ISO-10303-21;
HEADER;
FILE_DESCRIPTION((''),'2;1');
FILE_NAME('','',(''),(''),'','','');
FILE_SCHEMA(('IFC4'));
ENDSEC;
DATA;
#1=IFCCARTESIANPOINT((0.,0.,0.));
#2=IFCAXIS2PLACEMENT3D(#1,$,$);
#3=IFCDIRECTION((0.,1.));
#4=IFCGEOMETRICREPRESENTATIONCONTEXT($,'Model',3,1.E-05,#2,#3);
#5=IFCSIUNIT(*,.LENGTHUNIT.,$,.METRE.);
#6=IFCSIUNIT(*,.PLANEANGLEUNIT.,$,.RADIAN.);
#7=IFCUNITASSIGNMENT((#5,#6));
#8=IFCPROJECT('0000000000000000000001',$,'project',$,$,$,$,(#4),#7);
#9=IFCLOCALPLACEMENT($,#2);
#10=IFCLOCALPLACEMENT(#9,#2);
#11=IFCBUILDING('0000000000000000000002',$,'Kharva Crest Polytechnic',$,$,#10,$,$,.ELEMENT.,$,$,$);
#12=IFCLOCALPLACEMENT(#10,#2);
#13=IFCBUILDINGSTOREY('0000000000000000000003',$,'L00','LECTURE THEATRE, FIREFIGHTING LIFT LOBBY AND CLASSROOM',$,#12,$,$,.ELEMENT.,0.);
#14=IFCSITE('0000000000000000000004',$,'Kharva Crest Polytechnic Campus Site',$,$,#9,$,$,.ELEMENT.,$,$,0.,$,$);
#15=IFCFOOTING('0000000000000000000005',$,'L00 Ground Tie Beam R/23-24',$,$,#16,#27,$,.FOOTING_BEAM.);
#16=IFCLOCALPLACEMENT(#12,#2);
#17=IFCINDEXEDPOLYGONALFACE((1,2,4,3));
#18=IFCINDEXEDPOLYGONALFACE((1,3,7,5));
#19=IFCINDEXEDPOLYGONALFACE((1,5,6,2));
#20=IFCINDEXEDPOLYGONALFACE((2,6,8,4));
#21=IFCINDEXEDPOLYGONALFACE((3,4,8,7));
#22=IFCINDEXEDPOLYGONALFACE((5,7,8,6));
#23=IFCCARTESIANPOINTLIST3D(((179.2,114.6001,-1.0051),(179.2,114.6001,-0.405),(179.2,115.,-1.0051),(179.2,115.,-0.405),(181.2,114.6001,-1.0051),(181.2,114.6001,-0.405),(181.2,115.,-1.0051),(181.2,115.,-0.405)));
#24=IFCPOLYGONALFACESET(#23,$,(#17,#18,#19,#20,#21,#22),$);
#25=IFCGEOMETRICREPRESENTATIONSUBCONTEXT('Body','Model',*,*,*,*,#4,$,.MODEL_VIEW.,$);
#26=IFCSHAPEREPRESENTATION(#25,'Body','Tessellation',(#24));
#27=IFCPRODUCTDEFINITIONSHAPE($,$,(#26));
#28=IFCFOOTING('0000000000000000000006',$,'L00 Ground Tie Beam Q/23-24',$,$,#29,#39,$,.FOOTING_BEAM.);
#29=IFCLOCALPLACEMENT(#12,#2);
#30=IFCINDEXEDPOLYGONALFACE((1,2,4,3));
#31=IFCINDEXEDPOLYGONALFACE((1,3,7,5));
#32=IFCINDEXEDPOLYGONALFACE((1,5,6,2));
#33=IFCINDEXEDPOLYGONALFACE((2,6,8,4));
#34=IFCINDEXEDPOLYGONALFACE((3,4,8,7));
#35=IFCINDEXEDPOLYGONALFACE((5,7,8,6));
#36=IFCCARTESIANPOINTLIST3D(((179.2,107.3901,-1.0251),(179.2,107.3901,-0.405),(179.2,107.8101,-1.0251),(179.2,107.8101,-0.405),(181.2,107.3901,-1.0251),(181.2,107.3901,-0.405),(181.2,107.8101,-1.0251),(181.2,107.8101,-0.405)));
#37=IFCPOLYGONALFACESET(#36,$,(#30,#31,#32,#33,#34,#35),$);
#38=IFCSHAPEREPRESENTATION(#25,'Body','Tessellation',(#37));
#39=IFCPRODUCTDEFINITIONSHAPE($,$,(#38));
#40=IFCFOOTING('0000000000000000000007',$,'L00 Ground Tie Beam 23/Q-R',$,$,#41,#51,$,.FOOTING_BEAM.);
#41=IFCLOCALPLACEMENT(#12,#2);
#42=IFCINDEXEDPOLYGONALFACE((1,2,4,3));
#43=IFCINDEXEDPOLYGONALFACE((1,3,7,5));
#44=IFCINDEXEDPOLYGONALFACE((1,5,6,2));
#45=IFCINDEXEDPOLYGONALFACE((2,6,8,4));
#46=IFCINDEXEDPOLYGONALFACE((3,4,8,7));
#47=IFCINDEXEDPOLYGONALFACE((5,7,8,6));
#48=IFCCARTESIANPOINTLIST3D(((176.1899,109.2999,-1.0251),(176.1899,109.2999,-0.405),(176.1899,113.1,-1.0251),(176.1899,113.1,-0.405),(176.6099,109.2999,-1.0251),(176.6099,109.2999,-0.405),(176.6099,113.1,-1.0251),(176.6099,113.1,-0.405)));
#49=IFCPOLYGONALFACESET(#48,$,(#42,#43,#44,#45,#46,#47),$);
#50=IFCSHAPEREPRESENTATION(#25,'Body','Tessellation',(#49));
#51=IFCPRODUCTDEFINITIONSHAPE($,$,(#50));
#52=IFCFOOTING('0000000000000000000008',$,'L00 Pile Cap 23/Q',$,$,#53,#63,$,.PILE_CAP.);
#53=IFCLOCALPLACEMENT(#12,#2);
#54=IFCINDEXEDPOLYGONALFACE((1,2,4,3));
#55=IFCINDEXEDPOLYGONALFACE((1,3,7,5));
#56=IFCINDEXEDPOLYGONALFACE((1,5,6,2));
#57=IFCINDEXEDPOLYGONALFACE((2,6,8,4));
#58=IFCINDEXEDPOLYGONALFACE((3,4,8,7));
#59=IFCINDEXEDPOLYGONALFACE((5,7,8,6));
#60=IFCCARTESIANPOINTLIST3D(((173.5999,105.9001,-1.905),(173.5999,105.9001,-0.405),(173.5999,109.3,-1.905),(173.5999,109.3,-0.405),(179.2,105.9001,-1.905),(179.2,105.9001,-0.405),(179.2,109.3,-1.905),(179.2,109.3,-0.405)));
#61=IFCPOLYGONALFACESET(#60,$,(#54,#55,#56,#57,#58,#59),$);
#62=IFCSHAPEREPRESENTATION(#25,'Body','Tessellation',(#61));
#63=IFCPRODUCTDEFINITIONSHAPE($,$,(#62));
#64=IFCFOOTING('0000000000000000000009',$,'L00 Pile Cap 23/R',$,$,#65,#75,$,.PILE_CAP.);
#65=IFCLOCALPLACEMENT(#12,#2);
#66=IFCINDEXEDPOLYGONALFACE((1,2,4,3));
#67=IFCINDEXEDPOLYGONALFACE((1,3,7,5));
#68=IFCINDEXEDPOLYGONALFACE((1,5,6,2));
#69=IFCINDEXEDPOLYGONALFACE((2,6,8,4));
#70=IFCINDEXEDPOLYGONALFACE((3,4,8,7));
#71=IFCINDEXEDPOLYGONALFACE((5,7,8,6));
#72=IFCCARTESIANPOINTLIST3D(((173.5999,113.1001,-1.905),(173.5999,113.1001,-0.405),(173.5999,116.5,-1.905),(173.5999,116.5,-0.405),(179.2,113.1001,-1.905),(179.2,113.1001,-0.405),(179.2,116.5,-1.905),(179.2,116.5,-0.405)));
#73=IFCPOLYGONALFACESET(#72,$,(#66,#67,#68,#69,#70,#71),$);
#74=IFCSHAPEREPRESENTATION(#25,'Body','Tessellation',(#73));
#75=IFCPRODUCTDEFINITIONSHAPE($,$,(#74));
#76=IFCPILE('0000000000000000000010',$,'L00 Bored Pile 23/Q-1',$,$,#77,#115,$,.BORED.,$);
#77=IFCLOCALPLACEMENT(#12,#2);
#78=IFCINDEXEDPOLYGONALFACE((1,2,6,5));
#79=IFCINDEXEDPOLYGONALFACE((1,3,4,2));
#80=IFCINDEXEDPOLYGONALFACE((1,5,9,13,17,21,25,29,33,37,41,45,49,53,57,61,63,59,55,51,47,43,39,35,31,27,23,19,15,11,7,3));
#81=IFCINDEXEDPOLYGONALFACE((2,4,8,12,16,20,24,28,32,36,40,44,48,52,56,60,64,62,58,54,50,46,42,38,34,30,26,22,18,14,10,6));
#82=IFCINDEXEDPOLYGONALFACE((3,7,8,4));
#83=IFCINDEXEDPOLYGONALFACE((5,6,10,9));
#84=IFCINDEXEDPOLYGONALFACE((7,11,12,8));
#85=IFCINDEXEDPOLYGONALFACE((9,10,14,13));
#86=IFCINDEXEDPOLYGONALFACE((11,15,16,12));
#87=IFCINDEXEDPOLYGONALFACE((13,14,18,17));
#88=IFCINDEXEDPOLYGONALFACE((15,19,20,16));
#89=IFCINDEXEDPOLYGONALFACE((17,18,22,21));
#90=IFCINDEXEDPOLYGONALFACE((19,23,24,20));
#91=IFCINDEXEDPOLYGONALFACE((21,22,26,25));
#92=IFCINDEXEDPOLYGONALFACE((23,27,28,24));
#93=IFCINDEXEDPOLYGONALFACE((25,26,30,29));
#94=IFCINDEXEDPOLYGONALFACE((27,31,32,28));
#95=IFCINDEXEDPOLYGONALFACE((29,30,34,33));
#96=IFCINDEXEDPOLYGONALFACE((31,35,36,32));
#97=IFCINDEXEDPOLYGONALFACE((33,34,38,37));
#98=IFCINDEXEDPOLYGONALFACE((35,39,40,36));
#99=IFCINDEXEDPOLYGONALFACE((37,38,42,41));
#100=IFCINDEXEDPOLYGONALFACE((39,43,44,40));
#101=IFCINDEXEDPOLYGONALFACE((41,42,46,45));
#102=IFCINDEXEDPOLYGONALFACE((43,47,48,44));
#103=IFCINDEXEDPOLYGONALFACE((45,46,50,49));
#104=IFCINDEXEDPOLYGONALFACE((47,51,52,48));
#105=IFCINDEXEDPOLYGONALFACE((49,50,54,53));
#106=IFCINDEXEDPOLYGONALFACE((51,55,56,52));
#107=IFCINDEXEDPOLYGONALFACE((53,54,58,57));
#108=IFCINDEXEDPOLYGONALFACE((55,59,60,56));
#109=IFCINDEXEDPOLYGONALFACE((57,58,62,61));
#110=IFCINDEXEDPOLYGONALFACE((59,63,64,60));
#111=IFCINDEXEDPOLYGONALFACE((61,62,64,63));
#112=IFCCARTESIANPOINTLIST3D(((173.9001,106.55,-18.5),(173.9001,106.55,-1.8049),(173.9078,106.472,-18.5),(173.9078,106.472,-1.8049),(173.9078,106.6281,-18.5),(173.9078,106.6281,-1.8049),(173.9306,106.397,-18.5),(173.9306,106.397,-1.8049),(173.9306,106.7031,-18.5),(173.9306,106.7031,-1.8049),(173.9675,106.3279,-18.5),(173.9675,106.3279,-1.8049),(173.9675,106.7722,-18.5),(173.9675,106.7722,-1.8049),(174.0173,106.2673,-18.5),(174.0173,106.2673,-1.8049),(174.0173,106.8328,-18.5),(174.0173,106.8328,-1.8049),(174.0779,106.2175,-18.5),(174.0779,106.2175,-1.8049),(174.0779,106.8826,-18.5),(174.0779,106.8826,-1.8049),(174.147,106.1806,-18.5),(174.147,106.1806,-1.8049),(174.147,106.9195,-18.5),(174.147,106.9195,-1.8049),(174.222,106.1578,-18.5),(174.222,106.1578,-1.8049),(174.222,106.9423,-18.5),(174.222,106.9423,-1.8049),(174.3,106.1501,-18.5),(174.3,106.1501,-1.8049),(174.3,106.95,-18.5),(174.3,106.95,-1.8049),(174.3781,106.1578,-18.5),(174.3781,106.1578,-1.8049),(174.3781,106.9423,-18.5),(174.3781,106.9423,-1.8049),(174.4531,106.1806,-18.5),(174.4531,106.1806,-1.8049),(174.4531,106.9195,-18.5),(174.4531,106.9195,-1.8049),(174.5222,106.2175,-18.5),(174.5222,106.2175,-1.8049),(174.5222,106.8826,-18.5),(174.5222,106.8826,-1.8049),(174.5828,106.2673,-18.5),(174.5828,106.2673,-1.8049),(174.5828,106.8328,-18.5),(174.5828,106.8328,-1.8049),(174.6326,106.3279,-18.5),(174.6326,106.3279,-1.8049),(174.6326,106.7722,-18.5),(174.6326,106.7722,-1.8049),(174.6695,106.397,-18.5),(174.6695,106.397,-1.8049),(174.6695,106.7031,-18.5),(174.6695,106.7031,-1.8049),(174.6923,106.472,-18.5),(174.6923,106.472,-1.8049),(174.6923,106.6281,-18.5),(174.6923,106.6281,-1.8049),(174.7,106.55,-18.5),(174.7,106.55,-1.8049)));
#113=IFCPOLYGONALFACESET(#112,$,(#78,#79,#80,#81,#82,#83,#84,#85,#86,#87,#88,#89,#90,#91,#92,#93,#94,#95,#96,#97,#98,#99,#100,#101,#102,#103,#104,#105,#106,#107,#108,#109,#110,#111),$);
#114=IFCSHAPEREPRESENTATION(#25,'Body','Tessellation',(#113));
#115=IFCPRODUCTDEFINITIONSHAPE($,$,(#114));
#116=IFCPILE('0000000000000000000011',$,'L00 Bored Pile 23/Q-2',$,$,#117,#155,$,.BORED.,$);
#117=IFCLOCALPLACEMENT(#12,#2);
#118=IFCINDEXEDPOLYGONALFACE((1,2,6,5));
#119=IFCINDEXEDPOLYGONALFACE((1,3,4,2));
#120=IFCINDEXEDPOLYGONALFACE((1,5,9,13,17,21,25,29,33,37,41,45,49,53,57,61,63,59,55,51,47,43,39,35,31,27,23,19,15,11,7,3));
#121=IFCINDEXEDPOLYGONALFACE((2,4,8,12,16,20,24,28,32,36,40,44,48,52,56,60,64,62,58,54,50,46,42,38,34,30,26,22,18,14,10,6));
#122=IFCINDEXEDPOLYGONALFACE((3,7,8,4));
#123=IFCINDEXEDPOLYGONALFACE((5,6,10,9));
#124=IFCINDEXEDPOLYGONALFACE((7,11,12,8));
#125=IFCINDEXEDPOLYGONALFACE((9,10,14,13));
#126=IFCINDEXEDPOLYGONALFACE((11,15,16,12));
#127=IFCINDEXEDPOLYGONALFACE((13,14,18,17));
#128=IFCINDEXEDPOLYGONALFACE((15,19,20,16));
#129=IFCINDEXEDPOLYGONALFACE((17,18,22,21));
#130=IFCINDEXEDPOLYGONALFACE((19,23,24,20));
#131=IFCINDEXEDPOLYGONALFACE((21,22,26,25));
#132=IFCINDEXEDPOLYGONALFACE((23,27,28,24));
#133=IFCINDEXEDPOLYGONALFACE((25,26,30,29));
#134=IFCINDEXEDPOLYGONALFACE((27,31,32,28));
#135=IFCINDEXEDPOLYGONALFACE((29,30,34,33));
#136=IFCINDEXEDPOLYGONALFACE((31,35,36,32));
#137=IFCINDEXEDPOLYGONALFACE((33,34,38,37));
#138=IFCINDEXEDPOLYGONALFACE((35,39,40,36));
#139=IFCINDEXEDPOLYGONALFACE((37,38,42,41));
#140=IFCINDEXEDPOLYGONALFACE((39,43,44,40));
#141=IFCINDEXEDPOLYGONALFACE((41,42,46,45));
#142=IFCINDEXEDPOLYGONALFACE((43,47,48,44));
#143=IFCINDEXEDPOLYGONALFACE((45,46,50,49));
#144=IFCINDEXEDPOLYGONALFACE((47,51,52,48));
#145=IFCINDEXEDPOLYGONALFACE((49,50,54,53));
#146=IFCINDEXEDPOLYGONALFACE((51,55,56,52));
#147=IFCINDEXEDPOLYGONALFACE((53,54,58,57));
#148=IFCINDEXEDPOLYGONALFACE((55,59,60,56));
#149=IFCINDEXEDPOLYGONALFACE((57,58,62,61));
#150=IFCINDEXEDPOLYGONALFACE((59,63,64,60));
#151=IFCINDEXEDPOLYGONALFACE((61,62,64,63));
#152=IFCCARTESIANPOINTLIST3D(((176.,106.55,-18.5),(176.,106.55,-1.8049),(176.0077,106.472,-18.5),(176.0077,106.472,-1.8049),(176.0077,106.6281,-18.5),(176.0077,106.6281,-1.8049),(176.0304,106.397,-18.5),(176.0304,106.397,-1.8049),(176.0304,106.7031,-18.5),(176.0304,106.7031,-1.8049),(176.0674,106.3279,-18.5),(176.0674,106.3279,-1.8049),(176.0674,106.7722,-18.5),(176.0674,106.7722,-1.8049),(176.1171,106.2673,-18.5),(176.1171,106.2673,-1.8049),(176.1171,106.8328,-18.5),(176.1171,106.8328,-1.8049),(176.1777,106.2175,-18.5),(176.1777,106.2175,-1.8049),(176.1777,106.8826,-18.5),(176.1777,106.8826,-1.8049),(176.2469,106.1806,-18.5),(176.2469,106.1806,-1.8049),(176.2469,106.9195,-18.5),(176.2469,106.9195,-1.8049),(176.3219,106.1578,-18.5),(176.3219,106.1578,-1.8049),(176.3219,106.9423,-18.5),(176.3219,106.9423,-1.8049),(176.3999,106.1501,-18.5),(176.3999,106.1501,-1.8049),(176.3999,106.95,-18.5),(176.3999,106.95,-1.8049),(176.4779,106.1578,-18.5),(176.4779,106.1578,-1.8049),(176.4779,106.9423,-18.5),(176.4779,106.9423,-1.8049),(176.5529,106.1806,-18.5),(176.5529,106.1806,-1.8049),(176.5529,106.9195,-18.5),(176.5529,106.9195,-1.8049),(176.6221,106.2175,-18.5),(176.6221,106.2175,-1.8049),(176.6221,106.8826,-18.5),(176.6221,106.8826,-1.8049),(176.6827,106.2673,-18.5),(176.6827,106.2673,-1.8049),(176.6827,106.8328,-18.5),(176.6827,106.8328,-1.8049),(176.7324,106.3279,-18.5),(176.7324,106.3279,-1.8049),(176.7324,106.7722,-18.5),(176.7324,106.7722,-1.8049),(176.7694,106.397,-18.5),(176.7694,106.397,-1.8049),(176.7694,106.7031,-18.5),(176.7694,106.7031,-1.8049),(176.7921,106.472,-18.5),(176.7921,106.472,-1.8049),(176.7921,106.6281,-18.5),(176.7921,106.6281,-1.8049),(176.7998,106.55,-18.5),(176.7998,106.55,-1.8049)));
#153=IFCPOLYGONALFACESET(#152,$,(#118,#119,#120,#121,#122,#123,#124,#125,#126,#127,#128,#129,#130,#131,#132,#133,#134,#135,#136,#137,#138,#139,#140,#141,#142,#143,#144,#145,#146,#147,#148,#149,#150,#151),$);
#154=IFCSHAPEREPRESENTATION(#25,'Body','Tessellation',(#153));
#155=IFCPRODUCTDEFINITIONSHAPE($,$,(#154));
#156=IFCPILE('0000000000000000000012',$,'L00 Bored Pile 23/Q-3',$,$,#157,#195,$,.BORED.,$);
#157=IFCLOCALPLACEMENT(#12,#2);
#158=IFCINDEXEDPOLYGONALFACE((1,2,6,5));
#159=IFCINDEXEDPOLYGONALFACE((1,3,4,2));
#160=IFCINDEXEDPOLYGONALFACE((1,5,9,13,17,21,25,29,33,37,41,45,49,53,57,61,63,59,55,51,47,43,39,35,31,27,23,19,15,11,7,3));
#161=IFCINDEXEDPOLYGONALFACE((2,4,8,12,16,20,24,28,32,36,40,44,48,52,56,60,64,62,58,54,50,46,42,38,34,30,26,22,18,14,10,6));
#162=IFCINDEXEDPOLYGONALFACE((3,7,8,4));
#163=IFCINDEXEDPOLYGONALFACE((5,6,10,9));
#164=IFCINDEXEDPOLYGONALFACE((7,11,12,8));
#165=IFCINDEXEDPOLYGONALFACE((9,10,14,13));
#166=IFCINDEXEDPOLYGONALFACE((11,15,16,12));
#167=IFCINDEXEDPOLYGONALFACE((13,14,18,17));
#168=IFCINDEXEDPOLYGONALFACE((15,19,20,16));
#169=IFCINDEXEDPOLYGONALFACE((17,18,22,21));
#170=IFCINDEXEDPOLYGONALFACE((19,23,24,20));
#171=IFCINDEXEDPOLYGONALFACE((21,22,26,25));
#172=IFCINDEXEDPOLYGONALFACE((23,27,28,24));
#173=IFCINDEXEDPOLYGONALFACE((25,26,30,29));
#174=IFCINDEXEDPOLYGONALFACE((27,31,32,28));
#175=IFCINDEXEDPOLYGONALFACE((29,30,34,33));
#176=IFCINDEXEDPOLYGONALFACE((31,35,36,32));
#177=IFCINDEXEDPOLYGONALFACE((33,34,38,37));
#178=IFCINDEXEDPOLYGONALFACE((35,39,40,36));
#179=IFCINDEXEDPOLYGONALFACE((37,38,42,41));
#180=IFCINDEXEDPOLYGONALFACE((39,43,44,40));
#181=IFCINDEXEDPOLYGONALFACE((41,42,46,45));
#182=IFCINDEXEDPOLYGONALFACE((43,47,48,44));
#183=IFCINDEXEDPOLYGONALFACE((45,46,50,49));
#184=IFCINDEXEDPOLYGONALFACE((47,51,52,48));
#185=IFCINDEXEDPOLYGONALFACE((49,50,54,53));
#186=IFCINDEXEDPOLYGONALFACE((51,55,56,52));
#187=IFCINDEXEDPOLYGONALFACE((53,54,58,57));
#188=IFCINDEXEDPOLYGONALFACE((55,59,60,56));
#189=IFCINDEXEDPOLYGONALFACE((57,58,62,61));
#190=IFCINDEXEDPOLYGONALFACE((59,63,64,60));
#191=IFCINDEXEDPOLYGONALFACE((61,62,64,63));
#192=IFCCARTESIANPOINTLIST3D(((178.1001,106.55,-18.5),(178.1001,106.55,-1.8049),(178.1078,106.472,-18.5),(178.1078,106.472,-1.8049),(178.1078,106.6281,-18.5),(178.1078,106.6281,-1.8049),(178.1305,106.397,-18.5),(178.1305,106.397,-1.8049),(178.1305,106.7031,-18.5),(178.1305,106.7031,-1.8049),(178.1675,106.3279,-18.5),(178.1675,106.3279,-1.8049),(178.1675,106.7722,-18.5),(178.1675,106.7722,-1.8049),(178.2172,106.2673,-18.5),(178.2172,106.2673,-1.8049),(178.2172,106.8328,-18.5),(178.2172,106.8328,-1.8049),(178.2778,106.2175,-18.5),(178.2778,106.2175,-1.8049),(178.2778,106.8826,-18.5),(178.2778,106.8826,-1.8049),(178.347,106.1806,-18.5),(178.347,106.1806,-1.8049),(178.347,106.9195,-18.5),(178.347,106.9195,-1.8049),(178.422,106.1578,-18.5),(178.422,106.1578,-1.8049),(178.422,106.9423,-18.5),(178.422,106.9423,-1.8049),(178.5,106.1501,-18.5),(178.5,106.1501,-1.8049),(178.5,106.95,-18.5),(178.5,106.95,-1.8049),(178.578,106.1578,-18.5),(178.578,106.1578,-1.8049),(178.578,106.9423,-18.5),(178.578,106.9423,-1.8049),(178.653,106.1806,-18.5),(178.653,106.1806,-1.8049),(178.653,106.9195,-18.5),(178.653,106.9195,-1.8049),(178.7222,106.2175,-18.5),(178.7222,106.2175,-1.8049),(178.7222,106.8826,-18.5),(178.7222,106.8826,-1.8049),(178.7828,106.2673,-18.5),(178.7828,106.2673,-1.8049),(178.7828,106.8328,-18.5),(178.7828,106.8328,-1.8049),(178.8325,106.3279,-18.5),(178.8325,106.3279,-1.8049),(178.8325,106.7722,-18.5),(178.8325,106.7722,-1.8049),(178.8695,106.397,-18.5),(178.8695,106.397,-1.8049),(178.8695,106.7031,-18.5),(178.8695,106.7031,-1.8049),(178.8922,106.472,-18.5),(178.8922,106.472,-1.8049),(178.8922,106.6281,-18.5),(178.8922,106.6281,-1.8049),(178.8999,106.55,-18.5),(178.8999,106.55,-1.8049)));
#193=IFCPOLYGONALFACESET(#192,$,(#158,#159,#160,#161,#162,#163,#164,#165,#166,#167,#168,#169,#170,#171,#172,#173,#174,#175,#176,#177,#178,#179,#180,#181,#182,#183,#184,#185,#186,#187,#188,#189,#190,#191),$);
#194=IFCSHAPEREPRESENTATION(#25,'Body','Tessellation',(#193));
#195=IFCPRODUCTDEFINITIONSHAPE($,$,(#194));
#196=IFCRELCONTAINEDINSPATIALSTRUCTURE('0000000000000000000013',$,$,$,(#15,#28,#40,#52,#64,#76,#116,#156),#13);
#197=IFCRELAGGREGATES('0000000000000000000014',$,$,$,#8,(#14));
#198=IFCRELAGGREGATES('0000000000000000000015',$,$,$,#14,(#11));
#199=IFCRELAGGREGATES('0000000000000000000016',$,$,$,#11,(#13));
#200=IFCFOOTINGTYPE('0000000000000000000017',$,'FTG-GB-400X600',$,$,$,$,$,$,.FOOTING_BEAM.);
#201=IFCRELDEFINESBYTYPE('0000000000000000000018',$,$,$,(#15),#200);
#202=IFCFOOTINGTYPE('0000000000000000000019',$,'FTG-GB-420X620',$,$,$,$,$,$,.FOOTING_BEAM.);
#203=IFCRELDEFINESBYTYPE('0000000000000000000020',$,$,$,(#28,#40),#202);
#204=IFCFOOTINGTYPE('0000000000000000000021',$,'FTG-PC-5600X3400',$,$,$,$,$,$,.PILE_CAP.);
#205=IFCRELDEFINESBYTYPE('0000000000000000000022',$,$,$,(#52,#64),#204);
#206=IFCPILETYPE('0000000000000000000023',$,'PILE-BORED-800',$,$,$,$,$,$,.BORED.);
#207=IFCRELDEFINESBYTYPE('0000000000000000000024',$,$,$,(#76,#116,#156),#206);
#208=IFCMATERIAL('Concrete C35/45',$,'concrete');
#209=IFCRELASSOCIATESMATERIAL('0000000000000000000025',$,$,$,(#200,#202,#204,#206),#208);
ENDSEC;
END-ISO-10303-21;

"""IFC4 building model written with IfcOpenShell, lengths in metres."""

from ifc_helpers import new_model, si_unit, direction, frame, origin, origin_2d, place, context, subcontext, project, spatial, rectangle, circle, extrude, material, material_profile, profile_set, type_object, element, save


model = new_model("IFC4")

# Units and contexts
model_context = context("Model", 3, precision=1e-05, world=origin(), true_north=direction((0.0, 1.0)))
body_context = subcontext(model_context, "Body", "Model", "MODEL_VIEW")
ifc_project = project(units=[si_unit("LENGTHUNIT", "METRE"), si_unit("PLANEANGLEUNIT", "RADIAN")], contexts=[model_context])

# Site, building, storey
site_placement = place(None, origin())
site = spatial("IfcSite", under=ifc_project, at=site_placement, Name="Kharva Crest Polytechnic Campus Site", CompositionType="ELEMENT", RefElevation=0.0)
building_placement = place(site_placement, origin())
building = spatial("IfcBuilding", under=site, at=building_placement, Name="Kharva Crest Polytechnic", CompositionType="ELEMENT")
storey_placement = place(building_placement, origin())
storey = spatial("IfcBuildingStorey", under=building, at=storey_placement, Name="L00", Description="LECTURE THEATRE, FIREFIGHTING LIFT LOBBY AND CLASSROOM", CompositionType="ELEMENT", Elevation=0.0)

# Footings
ifc_material_1 = material(Name="Concrete C35/45", Category="concrete")
footing_type_1 = type_object("IfcFootingType", Name="FTG-GB-400X600", PredefinedType="FOOTING_BEAM", material=ifc_material_1)
footing_1_placement = place(storey_placement, frame((180.2, 114.8, -1.0051), z_axis=(0.0, 0.0, 1.0), x_axis=(1.0, 0.0, 0.0)))
element("IfcFooting", 1, at=footing_1_placement, inside=storey, type_object=footing_type_1, Name="L00 Ground Tie Beam R/23-24", PredefinedType="FOOTING_BEAM", context=body_context, shape_type="SweptSolid", body=[
    extrude(rectangle(XDim=2.0, YDim=0.3999, at=origin_2d()), origin(), (0.0, 0.0, 1.0), 0.6001),
])
footing_type_2 = type_object("IfcFootingType", Name="FTG-GB-420X620", PredefinedType="FOOTING_BEAM", material=ifc_material_1)
footing_2_placement = place(storey_placement, frame((180.2, 107.6001, -1.0251), z_axis=(0.0, 0.0, 1.0), x_axis=(1.0, 0.0, 0.0)))
element("IfcFooting", 2, at=footing_2_placement, inside=storey, type_object=footing_type_2, Name="L00 Ground Tie Beam Q/23-24", PredefinedType="FOOTING_BEAM", context=body_context, shape_type="SweptSolid", body=[
    extrude(rectangle(XDim=2.0, YDim=0.4199, at=origin_2d()), origin(), (0.0, 0.0, 1.0), 0.6201),
])
footing_3_placement = place(storey_placement, frame((176.3999, 111.2, -1.0251), z_axis=(0.0, 0.0, 1.0), x_axis=(0.0, 1.0, 0.0)))
element("IfcFooting", 3, at=footing_3_placement, inside=storey, type_object=footing_type_2, Name="L00 Ground Tie Beam 23/Q-R", PredefinedType="FOOTING_BEAM", context=body_context, shape_type="SweptSolid", body=[
    extrude(rectangle(XDim=3.8, YDim=0.4199, at=origin_2d()), origin(), (0.0, 0.0, 1.0), 0.6201),
])
footing_type_3 = type_object("IfcFootingType", Name="FTG-PC-5600X3400", PredefinedType="PILE_CAP", material=ifc_material_1)
for number, where, z_axis, x_axis, name in (
    (4, (176.3999, 107.6001, -1.905), (0.0, 0.0, 1.0), (1.0, 0.0, 0.0), "L00 Pile Cap 23/Q"),
    (5, (176.3999, 114.8, -1.905), (0.0, 0.0, 1.0), (1.0, 0.0, 0.0), "L00 Pile Cap 23/R"),
):
    element("IfcFooting", number, at=place(storey_placement, frame(where, z_axis=z_axis, x_axis=x_axis)), inside=storey, type_object=footing_type_3, Name=name, PredefinedType="PILE_CAP", context=body_context, shape_type="SweptSolid", body=[
        extrude(rectangle(XDim=5.6001, YDim=3.3999, at=origin_2d()), origin(), (0.0, 0.0, 1.0), 1.5),
    ])

# Piles
ifc_material_profile_1 = material_profile(ifc_material_1, circle(Radius=0.3999, at=origin_2d()), Name="DIA 800")
ifc_profile_set_1 = profile_set([ifc_material_profile_1], Name="Concrete C35/45")
pile_type = type_object("IfcPileType", Name="PILE-BORED-800", PredefinedType="BORED", material=ifc_profile_set_1)
for number, where, z_axis, x_axis, name in (
    (6, (174.3, 106.55, -1.8049), (0.0, 0.0, -1.0), (1.0, 0.0, 0.0), "L00 Bored Pile 23/Q-1"),
    (7, (176.3999, 106.55, -1.8049), (0.0, 0.0, -1.0), (1.0, 0.0, 0.0), "L00 Bored Pile 23/Q-2"),
    (8, (178.5, 106.55, -1.8049), (0.0, 0.0, -1.0), (1.0, 0.0, 0.0), "L00 Bored Pile 23/Q-3"),
):
    element("IfcPile", number, at=place(storey_placement, frame(where, z_axis=z_axis, x_axis=x_axis)), inside=storey, type_object=pile_type, Name=name, PredefinedType="BORED", context=body_context, shape_type="SweptSolid", body=[
        extrude(circle(Radius=0.3999, at=origin_2d()), origin(), (0.0, 0.0, 1.0), 16.6951),
    ])

save(model, "model.ifc")
